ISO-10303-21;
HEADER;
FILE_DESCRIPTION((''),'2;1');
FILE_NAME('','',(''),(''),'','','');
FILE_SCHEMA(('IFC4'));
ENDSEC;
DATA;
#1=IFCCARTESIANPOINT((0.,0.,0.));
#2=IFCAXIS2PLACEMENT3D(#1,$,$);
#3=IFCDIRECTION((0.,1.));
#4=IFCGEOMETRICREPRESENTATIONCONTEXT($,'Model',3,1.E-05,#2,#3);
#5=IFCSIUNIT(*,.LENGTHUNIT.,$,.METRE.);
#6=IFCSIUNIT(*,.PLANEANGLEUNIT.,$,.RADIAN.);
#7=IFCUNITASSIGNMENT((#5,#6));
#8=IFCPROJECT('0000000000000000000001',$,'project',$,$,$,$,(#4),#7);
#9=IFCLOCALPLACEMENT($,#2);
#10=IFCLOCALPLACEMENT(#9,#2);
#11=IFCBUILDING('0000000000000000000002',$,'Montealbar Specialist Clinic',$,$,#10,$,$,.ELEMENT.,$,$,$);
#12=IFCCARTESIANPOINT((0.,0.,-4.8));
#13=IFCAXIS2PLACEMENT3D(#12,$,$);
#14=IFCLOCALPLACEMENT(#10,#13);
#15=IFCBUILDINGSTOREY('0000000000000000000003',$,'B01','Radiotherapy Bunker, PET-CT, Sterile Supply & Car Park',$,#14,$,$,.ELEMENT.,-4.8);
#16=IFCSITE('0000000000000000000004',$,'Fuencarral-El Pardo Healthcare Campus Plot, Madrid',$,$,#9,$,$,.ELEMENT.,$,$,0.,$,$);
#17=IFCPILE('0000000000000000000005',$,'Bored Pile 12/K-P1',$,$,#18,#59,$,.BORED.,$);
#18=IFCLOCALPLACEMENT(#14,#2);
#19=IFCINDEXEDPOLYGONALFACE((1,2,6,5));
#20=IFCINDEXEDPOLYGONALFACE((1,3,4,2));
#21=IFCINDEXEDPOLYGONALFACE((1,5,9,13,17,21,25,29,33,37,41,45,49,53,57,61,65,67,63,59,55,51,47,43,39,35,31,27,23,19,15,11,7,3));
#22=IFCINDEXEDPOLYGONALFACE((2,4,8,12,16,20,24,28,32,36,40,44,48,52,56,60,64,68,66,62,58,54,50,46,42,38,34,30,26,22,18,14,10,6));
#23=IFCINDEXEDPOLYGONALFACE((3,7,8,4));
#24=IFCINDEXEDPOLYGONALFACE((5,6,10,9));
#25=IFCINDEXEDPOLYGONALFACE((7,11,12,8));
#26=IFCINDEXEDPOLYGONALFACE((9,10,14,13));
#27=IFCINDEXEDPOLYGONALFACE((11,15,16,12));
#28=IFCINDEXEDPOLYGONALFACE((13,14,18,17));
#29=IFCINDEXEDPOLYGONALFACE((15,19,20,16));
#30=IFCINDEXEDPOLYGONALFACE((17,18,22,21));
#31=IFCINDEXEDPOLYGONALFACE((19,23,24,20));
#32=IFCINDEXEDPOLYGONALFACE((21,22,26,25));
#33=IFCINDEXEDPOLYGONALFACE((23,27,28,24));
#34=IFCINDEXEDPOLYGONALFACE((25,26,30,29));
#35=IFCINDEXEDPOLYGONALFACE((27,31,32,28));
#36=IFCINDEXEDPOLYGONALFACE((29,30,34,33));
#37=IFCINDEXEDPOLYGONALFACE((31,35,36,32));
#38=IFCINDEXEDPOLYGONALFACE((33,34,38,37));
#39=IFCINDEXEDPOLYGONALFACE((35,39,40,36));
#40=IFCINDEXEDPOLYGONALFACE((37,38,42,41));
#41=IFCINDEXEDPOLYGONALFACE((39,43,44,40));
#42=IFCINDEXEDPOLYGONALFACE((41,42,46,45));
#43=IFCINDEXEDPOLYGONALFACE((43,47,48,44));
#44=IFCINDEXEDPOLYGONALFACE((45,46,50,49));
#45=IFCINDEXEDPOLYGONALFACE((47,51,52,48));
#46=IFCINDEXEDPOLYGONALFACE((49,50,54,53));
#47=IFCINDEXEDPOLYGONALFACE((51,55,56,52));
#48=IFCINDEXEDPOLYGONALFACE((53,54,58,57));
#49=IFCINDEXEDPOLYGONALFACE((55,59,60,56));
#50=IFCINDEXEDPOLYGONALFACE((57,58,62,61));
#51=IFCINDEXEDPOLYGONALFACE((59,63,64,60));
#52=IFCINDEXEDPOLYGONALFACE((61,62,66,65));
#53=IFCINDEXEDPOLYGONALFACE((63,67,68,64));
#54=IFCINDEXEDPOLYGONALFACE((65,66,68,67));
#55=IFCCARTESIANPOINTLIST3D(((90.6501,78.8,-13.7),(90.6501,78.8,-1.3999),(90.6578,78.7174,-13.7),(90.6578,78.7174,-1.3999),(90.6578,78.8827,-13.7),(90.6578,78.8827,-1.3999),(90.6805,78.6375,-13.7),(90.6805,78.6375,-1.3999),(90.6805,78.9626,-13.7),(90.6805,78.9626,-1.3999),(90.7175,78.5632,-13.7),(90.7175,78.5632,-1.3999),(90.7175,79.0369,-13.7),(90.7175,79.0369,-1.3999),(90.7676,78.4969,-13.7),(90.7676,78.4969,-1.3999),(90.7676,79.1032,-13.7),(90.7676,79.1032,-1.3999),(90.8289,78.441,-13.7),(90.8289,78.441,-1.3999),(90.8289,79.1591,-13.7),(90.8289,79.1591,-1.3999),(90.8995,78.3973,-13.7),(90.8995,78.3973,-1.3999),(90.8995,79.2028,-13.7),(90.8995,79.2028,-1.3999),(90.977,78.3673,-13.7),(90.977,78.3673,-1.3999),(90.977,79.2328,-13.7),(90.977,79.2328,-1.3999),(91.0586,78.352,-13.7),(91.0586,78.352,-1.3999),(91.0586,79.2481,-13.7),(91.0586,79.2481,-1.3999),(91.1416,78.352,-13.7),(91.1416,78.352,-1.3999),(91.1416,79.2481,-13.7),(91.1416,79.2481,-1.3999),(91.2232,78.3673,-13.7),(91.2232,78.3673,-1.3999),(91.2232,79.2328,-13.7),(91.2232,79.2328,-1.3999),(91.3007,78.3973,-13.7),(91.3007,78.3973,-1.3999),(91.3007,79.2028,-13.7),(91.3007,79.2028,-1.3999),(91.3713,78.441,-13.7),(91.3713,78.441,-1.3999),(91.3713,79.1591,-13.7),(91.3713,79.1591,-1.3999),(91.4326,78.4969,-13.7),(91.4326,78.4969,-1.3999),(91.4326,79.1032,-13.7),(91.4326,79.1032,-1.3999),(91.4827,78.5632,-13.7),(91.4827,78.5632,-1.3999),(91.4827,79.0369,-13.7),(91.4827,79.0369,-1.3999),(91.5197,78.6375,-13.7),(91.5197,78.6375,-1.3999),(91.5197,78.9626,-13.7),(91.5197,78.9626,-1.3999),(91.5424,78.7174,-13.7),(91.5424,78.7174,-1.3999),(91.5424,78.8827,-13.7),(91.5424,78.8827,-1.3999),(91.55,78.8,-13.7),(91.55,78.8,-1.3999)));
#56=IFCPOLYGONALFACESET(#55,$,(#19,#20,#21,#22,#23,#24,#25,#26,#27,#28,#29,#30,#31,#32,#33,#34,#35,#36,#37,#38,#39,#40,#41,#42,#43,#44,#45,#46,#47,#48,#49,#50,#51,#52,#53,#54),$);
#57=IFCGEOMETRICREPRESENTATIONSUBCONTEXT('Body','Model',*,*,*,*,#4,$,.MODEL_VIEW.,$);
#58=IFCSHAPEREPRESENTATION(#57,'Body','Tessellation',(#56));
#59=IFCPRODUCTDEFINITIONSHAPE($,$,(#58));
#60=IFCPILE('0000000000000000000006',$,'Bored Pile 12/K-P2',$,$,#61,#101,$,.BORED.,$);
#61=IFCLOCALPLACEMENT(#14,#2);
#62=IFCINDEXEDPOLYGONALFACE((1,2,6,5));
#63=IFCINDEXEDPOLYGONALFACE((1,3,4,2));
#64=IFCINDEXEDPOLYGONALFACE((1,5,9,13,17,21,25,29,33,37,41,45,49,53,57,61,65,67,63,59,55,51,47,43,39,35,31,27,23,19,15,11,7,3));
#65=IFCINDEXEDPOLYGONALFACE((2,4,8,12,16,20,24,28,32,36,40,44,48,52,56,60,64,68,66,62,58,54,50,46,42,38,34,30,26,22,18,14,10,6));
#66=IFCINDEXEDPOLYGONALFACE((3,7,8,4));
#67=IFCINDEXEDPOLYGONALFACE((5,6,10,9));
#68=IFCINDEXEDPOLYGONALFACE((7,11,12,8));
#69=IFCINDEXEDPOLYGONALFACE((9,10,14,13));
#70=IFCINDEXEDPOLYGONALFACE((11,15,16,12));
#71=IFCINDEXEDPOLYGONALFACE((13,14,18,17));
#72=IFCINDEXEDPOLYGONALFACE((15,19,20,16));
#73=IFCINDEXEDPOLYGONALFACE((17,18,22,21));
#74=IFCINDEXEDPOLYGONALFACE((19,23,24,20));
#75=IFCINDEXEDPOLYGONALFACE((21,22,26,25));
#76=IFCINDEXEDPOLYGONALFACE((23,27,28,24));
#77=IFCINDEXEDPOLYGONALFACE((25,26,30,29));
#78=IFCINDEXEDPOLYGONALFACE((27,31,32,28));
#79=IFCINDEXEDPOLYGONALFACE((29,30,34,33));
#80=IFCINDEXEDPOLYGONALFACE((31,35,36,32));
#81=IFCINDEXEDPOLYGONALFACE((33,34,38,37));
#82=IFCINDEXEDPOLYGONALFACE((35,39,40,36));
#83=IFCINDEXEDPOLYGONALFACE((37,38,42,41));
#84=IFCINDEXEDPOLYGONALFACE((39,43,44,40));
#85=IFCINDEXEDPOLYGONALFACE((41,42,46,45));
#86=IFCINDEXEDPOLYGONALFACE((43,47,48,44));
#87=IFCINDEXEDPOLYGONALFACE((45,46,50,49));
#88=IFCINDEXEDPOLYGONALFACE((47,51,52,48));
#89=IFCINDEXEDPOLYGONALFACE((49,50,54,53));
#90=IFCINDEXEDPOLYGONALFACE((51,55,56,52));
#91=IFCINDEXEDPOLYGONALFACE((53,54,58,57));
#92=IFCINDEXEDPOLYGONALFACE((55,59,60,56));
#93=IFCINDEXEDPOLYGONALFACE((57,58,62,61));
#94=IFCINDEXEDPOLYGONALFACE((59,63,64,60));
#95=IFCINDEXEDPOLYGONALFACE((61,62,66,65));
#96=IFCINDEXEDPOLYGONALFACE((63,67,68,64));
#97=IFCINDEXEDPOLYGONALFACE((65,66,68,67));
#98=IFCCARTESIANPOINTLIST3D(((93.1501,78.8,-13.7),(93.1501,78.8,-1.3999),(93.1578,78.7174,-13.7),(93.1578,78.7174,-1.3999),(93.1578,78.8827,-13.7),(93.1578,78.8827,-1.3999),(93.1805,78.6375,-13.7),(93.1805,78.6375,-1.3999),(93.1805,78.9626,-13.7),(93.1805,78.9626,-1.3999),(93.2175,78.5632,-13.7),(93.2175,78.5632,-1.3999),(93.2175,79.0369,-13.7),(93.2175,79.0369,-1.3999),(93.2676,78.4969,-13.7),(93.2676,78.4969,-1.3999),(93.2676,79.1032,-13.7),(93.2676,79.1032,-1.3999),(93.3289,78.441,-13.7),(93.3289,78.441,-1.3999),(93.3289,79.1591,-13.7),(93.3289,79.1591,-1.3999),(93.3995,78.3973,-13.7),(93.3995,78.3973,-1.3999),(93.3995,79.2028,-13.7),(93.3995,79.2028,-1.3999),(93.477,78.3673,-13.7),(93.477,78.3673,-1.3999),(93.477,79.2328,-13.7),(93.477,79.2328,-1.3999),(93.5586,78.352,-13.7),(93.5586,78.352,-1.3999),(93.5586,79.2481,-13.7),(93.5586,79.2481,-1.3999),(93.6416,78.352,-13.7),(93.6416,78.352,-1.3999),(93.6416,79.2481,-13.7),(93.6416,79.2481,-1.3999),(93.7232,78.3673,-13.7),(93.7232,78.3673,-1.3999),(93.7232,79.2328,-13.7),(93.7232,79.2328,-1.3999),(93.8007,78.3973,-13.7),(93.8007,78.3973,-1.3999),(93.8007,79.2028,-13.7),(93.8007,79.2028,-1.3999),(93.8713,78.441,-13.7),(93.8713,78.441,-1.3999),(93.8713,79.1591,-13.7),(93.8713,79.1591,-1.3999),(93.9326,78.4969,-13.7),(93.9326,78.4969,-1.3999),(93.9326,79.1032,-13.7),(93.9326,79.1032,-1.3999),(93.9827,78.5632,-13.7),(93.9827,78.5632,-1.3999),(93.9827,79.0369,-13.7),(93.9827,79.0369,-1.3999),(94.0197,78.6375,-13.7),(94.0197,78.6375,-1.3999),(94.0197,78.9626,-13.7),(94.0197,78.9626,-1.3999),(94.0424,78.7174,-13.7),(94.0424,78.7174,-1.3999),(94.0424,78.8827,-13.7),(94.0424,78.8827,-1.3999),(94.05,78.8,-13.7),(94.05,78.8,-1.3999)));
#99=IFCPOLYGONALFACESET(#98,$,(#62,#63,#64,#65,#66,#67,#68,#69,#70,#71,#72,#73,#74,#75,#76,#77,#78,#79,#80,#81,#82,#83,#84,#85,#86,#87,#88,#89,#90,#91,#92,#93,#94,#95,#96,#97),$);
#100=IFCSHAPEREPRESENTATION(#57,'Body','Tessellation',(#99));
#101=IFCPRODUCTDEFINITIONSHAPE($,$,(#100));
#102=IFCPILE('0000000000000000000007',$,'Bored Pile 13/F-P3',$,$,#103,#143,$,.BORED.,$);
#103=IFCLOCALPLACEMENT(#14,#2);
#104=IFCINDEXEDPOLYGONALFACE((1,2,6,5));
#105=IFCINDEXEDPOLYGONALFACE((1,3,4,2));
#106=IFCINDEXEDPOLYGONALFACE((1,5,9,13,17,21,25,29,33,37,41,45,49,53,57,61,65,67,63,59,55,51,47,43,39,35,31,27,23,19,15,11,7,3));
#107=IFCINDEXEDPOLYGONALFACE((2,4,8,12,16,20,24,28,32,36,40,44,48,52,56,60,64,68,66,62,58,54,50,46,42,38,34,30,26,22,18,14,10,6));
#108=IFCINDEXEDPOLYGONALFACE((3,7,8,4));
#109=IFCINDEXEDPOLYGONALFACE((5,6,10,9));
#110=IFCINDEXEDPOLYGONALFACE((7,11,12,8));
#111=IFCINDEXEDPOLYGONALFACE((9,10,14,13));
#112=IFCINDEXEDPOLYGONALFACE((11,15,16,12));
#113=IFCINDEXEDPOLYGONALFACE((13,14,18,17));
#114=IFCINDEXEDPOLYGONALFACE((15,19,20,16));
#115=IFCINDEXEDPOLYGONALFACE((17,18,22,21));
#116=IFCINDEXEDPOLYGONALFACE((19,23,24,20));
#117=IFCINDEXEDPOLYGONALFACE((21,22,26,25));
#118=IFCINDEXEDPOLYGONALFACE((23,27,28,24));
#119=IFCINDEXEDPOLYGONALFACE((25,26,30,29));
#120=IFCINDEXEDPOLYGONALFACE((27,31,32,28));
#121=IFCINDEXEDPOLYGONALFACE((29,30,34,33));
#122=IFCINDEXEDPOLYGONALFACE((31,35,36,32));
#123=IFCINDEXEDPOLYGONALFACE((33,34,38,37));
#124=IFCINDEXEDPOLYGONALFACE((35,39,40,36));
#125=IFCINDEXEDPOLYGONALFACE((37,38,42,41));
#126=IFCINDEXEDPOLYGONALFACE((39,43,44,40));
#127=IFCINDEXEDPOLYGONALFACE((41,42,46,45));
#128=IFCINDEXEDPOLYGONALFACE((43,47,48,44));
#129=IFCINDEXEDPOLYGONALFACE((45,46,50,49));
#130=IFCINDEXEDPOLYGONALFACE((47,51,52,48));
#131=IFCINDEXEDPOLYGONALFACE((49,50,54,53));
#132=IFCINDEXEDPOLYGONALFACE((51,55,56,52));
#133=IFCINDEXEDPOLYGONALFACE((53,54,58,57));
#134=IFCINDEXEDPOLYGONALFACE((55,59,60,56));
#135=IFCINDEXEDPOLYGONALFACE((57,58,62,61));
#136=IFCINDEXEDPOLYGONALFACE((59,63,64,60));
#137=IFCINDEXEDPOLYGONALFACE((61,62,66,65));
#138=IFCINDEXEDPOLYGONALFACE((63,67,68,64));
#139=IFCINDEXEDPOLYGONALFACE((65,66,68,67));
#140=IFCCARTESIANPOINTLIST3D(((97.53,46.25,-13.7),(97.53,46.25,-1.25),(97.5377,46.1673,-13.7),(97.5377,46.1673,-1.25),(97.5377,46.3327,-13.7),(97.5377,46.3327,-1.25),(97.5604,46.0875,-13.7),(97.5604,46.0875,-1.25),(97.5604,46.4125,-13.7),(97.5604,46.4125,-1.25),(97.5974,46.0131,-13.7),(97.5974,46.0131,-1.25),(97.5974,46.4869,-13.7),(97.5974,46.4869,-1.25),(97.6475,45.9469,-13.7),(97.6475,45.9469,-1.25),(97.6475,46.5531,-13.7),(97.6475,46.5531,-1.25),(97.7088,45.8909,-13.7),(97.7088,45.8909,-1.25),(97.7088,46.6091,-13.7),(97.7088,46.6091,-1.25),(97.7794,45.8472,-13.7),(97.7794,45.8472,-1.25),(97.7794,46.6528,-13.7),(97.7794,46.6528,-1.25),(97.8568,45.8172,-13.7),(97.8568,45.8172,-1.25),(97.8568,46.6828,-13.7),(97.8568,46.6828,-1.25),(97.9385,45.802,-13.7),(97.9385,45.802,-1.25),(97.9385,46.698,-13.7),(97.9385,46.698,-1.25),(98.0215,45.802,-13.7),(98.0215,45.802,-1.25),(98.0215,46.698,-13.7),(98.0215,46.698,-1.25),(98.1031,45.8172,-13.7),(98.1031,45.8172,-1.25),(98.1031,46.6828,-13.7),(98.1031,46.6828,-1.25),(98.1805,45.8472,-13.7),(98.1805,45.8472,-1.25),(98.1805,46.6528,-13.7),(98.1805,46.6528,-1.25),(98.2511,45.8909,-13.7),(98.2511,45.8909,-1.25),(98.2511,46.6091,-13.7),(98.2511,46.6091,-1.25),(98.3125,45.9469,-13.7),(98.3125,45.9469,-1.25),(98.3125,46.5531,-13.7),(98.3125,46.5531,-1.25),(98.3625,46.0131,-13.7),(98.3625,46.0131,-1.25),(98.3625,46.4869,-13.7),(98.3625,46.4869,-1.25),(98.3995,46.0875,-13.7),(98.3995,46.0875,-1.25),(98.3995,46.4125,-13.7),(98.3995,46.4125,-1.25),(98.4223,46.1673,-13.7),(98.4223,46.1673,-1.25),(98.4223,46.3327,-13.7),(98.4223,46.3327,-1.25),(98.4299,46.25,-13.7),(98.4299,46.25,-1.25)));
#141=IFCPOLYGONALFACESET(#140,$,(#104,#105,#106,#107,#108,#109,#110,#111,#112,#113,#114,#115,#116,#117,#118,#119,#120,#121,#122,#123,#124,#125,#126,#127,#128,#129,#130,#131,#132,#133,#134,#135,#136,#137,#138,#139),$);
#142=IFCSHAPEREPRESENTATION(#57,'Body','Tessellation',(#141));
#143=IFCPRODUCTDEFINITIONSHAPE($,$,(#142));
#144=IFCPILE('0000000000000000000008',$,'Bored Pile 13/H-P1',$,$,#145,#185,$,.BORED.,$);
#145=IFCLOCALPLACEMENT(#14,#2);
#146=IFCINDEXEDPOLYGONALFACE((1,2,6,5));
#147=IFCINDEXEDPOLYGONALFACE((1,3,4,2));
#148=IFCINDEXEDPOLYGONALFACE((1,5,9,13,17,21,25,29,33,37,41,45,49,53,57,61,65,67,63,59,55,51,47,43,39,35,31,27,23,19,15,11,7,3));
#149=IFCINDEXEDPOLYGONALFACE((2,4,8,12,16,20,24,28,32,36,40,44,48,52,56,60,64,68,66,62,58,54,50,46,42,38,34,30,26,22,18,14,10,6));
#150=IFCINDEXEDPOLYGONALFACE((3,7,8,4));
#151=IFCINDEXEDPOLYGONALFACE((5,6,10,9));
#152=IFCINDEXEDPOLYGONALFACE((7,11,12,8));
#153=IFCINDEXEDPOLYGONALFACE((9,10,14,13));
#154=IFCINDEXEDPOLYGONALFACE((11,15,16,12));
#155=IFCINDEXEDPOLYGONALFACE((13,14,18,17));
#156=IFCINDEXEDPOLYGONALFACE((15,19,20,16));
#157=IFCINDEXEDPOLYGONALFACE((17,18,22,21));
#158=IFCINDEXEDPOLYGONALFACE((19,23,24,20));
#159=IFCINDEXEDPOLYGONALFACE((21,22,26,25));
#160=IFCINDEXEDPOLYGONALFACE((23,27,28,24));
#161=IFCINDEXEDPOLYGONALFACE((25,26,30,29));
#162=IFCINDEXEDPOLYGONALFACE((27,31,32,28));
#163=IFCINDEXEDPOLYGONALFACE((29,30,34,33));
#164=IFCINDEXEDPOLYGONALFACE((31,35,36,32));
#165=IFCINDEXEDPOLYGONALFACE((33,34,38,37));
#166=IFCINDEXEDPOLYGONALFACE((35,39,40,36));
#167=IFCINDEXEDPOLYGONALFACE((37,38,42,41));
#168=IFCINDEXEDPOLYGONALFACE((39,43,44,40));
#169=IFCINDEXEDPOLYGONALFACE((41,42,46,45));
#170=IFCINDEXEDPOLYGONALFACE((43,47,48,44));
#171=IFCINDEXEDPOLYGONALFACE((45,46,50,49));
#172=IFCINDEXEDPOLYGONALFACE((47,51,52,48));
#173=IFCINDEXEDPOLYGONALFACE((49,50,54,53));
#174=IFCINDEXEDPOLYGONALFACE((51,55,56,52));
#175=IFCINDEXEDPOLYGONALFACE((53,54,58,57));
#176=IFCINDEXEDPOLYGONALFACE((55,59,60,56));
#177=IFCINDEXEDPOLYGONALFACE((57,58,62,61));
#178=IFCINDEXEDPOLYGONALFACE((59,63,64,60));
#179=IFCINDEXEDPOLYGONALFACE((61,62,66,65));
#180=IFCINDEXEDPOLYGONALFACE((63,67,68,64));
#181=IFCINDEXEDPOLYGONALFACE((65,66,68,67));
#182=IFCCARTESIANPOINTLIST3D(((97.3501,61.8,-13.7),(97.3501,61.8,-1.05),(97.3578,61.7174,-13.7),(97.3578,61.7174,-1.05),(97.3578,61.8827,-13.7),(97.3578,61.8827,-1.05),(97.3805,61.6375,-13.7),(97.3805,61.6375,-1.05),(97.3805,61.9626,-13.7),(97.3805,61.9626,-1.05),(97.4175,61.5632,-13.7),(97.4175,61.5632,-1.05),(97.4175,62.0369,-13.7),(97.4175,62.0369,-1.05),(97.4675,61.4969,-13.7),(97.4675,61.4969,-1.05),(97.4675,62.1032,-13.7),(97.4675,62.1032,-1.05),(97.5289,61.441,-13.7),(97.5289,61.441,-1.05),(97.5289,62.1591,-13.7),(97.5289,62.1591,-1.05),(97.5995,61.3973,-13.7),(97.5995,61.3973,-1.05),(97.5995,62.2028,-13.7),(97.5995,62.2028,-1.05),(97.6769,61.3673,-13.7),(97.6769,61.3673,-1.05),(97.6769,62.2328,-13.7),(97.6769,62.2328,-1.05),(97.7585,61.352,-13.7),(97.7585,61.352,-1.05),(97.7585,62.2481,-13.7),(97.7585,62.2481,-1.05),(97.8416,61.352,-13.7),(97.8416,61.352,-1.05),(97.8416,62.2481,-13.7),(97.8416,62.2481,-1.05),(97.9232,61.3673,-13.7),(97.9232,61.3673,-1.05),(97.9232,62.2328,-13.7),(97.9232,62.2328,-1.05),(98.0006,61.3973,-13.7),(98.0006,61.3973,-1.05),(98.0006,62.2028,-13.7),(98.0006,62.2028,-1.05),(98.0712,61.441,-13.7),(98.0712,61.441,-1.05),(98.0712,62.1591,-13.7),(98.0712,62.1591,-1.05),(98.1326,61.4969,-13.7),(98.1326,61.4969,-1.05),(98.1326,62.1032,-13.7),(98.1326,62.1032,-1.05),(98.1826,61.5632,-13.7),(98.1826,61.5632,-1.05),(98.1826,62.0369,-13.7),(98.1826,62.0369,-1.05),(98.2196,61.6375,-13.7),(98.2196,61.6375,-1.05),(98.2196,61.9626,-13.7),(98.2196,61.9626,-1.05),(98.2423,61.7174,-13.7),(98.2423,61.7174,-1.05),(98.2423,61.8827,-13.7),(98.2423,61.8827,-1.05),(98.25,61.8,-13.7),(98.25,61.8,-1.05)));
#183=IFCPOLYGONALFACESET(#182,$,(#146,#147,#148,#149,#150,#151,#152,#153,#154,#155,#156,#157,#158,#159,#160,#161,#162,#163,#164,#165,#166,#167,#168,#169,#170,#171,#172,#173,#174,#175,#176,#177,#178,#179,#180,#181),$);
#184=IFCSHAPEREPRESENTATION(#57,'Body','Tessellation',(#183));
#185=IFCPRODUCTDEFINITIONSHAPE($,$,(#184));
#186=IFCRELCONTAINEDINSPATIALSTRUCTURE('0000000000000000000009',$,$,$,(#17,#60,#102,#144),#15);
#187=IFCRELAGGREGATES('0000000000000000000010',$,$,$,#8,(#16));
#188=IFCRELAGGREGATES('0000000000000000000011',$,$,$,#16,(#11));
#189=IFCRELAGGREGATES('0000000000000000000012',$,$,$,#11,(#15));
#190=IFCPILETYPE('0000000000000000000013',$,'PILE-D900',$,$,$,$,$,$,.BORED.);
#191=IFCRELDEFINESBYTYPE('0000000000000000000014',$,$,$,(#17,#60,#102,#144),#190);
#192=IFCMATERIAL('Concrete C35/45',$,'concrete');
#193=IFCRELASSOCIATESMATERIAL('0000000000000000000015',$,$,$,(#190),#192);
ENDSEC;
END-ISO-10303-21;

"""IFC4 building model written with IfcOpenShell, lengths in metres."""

from ifc_helpers import new_model, si_unit, direction, frame, origin, origin_2d, place, context, subcontext, project, spatial, circle, extrude, material, material_profile, profile_set, type_object, element, save


model = new_model("IFC4")

# Units and contexts
model_context = context("Model", 3, precision=1e-05, world=origin(), true_north=direction((0.0, 1.0)))
body_context = subcontext(model_context, "Body", "Model", "MODEL_VIEW")
ifc_project = project(units=[si_unit("LENGTHUNIT", "METRE"), si_unit("PLANEANGLEUNIT", "RADIAN")], contexts=[model_context])

# Site, building, storey
site_placement = place(None, origin())
site = spatial("IfcSite", under=ifc_project, at=site_placement, Name="Fuencarral-El Pardo Healthcare Campus Plot, Madrid", CompositionType="ELEMENT", RefElevation=0.0)
building_placement = place(site_placement, origin())
building = spatial("IfcBuilding", under=site, at=building_placement, Name="Montealbar Specialist Clinic", CompositionType="ELEMENT")
storey_placement = place(building_placement, frame((0.0, 0.0, -4.8)))
storey = spatial("IfcBuildingStorey", under=building, at=storey_placement, Name="B01", Description="Radiotherapy Bunker, PET-CT, Sterile Supply & Car Park", CompositionType="ELEMENT", Elevation=-4.8)

# Shared definitions
ifc_material_1 = material(Name="Concrete C35/45", Category="concrete")

# Piles
ifc_material_profile_1 = material_profile(ifc_material_1, circle(Radius=0.45, at=origin_2d()), Name="PILE D900", Category="concrete")
ifc_profile_set_1 = profile_set([ifc_material_profile_1], Name="Concrete C35/45")
pile_type_1 = type_object("IfcPileType", Name="PILE-D900", PredefinedType="BORED", material=ifc_profile_set_1)
for number, where, z_axis, x_axis, name in (
    (1, (91.1001, 78.8, -1.3999), (0.0, 0.0, -1.0), (1.0, 0.0, 0.0), "Bored Pile 12/K-P1"),
    (2, (93.6001, 78.8, -1.3999), (0.0, 0.0, -1.0), (1.0, 0.0, 0.0), "Bored Pile 12/K-P2"),
):
    element("IfcPile", number, at=place(storey_placement, frame(where, z_axis=z_axis, x_axis=x_axis)), inside=storey, type_object=pile_type_1, Name=name, PredefinedType="BORED", context=body_context, shape_type="SweptSolid", body=[
        extrude(circle(Radius=0.45, at=origin_2d()), origin(), (0.0, 0.0, 1.0), 12.3),
    ])
pile_1_placement = place(storey_placement, frame((97.98, 46.25, -1.25), z_axis=(0.0, 0.0, -1.0), x_axis=(1.0, 0.0, 0.0)))
element("IfcPile", 3, at=pile_1_placement, inside=storey, type_object=pile_type_1, Name="Bored Pile 13/F-P3", PredefinedType="BORED", context=body_context, shape_type="SweptSolid", body=[
    extrude(circle(Radius=0.45, at=origin_2d()), origin(), (0.0, 0.0, 1.0), 12.45),
])
pile_2_placement = place(storey_placement, frame((97.8, 61.8, -1.05), z_axis=(0.0, 0.0, -1.0), x_axis=(1.0, 0.0, 0.0)))
element("IfcPile", 4, at=pile_2_placement, inside=storey, type_object=pile_type_1, Name="Bored Pile 13/H-P1", PredefinedType="BORED", context=body_context, shape_type="SweptSolid", body=[
    extrude(circle(Radius=0.45, at=origin_2d()), origin(), (0.0, 0.0, 1.0), 12.6499),
])

save(model, "model.ifc")
